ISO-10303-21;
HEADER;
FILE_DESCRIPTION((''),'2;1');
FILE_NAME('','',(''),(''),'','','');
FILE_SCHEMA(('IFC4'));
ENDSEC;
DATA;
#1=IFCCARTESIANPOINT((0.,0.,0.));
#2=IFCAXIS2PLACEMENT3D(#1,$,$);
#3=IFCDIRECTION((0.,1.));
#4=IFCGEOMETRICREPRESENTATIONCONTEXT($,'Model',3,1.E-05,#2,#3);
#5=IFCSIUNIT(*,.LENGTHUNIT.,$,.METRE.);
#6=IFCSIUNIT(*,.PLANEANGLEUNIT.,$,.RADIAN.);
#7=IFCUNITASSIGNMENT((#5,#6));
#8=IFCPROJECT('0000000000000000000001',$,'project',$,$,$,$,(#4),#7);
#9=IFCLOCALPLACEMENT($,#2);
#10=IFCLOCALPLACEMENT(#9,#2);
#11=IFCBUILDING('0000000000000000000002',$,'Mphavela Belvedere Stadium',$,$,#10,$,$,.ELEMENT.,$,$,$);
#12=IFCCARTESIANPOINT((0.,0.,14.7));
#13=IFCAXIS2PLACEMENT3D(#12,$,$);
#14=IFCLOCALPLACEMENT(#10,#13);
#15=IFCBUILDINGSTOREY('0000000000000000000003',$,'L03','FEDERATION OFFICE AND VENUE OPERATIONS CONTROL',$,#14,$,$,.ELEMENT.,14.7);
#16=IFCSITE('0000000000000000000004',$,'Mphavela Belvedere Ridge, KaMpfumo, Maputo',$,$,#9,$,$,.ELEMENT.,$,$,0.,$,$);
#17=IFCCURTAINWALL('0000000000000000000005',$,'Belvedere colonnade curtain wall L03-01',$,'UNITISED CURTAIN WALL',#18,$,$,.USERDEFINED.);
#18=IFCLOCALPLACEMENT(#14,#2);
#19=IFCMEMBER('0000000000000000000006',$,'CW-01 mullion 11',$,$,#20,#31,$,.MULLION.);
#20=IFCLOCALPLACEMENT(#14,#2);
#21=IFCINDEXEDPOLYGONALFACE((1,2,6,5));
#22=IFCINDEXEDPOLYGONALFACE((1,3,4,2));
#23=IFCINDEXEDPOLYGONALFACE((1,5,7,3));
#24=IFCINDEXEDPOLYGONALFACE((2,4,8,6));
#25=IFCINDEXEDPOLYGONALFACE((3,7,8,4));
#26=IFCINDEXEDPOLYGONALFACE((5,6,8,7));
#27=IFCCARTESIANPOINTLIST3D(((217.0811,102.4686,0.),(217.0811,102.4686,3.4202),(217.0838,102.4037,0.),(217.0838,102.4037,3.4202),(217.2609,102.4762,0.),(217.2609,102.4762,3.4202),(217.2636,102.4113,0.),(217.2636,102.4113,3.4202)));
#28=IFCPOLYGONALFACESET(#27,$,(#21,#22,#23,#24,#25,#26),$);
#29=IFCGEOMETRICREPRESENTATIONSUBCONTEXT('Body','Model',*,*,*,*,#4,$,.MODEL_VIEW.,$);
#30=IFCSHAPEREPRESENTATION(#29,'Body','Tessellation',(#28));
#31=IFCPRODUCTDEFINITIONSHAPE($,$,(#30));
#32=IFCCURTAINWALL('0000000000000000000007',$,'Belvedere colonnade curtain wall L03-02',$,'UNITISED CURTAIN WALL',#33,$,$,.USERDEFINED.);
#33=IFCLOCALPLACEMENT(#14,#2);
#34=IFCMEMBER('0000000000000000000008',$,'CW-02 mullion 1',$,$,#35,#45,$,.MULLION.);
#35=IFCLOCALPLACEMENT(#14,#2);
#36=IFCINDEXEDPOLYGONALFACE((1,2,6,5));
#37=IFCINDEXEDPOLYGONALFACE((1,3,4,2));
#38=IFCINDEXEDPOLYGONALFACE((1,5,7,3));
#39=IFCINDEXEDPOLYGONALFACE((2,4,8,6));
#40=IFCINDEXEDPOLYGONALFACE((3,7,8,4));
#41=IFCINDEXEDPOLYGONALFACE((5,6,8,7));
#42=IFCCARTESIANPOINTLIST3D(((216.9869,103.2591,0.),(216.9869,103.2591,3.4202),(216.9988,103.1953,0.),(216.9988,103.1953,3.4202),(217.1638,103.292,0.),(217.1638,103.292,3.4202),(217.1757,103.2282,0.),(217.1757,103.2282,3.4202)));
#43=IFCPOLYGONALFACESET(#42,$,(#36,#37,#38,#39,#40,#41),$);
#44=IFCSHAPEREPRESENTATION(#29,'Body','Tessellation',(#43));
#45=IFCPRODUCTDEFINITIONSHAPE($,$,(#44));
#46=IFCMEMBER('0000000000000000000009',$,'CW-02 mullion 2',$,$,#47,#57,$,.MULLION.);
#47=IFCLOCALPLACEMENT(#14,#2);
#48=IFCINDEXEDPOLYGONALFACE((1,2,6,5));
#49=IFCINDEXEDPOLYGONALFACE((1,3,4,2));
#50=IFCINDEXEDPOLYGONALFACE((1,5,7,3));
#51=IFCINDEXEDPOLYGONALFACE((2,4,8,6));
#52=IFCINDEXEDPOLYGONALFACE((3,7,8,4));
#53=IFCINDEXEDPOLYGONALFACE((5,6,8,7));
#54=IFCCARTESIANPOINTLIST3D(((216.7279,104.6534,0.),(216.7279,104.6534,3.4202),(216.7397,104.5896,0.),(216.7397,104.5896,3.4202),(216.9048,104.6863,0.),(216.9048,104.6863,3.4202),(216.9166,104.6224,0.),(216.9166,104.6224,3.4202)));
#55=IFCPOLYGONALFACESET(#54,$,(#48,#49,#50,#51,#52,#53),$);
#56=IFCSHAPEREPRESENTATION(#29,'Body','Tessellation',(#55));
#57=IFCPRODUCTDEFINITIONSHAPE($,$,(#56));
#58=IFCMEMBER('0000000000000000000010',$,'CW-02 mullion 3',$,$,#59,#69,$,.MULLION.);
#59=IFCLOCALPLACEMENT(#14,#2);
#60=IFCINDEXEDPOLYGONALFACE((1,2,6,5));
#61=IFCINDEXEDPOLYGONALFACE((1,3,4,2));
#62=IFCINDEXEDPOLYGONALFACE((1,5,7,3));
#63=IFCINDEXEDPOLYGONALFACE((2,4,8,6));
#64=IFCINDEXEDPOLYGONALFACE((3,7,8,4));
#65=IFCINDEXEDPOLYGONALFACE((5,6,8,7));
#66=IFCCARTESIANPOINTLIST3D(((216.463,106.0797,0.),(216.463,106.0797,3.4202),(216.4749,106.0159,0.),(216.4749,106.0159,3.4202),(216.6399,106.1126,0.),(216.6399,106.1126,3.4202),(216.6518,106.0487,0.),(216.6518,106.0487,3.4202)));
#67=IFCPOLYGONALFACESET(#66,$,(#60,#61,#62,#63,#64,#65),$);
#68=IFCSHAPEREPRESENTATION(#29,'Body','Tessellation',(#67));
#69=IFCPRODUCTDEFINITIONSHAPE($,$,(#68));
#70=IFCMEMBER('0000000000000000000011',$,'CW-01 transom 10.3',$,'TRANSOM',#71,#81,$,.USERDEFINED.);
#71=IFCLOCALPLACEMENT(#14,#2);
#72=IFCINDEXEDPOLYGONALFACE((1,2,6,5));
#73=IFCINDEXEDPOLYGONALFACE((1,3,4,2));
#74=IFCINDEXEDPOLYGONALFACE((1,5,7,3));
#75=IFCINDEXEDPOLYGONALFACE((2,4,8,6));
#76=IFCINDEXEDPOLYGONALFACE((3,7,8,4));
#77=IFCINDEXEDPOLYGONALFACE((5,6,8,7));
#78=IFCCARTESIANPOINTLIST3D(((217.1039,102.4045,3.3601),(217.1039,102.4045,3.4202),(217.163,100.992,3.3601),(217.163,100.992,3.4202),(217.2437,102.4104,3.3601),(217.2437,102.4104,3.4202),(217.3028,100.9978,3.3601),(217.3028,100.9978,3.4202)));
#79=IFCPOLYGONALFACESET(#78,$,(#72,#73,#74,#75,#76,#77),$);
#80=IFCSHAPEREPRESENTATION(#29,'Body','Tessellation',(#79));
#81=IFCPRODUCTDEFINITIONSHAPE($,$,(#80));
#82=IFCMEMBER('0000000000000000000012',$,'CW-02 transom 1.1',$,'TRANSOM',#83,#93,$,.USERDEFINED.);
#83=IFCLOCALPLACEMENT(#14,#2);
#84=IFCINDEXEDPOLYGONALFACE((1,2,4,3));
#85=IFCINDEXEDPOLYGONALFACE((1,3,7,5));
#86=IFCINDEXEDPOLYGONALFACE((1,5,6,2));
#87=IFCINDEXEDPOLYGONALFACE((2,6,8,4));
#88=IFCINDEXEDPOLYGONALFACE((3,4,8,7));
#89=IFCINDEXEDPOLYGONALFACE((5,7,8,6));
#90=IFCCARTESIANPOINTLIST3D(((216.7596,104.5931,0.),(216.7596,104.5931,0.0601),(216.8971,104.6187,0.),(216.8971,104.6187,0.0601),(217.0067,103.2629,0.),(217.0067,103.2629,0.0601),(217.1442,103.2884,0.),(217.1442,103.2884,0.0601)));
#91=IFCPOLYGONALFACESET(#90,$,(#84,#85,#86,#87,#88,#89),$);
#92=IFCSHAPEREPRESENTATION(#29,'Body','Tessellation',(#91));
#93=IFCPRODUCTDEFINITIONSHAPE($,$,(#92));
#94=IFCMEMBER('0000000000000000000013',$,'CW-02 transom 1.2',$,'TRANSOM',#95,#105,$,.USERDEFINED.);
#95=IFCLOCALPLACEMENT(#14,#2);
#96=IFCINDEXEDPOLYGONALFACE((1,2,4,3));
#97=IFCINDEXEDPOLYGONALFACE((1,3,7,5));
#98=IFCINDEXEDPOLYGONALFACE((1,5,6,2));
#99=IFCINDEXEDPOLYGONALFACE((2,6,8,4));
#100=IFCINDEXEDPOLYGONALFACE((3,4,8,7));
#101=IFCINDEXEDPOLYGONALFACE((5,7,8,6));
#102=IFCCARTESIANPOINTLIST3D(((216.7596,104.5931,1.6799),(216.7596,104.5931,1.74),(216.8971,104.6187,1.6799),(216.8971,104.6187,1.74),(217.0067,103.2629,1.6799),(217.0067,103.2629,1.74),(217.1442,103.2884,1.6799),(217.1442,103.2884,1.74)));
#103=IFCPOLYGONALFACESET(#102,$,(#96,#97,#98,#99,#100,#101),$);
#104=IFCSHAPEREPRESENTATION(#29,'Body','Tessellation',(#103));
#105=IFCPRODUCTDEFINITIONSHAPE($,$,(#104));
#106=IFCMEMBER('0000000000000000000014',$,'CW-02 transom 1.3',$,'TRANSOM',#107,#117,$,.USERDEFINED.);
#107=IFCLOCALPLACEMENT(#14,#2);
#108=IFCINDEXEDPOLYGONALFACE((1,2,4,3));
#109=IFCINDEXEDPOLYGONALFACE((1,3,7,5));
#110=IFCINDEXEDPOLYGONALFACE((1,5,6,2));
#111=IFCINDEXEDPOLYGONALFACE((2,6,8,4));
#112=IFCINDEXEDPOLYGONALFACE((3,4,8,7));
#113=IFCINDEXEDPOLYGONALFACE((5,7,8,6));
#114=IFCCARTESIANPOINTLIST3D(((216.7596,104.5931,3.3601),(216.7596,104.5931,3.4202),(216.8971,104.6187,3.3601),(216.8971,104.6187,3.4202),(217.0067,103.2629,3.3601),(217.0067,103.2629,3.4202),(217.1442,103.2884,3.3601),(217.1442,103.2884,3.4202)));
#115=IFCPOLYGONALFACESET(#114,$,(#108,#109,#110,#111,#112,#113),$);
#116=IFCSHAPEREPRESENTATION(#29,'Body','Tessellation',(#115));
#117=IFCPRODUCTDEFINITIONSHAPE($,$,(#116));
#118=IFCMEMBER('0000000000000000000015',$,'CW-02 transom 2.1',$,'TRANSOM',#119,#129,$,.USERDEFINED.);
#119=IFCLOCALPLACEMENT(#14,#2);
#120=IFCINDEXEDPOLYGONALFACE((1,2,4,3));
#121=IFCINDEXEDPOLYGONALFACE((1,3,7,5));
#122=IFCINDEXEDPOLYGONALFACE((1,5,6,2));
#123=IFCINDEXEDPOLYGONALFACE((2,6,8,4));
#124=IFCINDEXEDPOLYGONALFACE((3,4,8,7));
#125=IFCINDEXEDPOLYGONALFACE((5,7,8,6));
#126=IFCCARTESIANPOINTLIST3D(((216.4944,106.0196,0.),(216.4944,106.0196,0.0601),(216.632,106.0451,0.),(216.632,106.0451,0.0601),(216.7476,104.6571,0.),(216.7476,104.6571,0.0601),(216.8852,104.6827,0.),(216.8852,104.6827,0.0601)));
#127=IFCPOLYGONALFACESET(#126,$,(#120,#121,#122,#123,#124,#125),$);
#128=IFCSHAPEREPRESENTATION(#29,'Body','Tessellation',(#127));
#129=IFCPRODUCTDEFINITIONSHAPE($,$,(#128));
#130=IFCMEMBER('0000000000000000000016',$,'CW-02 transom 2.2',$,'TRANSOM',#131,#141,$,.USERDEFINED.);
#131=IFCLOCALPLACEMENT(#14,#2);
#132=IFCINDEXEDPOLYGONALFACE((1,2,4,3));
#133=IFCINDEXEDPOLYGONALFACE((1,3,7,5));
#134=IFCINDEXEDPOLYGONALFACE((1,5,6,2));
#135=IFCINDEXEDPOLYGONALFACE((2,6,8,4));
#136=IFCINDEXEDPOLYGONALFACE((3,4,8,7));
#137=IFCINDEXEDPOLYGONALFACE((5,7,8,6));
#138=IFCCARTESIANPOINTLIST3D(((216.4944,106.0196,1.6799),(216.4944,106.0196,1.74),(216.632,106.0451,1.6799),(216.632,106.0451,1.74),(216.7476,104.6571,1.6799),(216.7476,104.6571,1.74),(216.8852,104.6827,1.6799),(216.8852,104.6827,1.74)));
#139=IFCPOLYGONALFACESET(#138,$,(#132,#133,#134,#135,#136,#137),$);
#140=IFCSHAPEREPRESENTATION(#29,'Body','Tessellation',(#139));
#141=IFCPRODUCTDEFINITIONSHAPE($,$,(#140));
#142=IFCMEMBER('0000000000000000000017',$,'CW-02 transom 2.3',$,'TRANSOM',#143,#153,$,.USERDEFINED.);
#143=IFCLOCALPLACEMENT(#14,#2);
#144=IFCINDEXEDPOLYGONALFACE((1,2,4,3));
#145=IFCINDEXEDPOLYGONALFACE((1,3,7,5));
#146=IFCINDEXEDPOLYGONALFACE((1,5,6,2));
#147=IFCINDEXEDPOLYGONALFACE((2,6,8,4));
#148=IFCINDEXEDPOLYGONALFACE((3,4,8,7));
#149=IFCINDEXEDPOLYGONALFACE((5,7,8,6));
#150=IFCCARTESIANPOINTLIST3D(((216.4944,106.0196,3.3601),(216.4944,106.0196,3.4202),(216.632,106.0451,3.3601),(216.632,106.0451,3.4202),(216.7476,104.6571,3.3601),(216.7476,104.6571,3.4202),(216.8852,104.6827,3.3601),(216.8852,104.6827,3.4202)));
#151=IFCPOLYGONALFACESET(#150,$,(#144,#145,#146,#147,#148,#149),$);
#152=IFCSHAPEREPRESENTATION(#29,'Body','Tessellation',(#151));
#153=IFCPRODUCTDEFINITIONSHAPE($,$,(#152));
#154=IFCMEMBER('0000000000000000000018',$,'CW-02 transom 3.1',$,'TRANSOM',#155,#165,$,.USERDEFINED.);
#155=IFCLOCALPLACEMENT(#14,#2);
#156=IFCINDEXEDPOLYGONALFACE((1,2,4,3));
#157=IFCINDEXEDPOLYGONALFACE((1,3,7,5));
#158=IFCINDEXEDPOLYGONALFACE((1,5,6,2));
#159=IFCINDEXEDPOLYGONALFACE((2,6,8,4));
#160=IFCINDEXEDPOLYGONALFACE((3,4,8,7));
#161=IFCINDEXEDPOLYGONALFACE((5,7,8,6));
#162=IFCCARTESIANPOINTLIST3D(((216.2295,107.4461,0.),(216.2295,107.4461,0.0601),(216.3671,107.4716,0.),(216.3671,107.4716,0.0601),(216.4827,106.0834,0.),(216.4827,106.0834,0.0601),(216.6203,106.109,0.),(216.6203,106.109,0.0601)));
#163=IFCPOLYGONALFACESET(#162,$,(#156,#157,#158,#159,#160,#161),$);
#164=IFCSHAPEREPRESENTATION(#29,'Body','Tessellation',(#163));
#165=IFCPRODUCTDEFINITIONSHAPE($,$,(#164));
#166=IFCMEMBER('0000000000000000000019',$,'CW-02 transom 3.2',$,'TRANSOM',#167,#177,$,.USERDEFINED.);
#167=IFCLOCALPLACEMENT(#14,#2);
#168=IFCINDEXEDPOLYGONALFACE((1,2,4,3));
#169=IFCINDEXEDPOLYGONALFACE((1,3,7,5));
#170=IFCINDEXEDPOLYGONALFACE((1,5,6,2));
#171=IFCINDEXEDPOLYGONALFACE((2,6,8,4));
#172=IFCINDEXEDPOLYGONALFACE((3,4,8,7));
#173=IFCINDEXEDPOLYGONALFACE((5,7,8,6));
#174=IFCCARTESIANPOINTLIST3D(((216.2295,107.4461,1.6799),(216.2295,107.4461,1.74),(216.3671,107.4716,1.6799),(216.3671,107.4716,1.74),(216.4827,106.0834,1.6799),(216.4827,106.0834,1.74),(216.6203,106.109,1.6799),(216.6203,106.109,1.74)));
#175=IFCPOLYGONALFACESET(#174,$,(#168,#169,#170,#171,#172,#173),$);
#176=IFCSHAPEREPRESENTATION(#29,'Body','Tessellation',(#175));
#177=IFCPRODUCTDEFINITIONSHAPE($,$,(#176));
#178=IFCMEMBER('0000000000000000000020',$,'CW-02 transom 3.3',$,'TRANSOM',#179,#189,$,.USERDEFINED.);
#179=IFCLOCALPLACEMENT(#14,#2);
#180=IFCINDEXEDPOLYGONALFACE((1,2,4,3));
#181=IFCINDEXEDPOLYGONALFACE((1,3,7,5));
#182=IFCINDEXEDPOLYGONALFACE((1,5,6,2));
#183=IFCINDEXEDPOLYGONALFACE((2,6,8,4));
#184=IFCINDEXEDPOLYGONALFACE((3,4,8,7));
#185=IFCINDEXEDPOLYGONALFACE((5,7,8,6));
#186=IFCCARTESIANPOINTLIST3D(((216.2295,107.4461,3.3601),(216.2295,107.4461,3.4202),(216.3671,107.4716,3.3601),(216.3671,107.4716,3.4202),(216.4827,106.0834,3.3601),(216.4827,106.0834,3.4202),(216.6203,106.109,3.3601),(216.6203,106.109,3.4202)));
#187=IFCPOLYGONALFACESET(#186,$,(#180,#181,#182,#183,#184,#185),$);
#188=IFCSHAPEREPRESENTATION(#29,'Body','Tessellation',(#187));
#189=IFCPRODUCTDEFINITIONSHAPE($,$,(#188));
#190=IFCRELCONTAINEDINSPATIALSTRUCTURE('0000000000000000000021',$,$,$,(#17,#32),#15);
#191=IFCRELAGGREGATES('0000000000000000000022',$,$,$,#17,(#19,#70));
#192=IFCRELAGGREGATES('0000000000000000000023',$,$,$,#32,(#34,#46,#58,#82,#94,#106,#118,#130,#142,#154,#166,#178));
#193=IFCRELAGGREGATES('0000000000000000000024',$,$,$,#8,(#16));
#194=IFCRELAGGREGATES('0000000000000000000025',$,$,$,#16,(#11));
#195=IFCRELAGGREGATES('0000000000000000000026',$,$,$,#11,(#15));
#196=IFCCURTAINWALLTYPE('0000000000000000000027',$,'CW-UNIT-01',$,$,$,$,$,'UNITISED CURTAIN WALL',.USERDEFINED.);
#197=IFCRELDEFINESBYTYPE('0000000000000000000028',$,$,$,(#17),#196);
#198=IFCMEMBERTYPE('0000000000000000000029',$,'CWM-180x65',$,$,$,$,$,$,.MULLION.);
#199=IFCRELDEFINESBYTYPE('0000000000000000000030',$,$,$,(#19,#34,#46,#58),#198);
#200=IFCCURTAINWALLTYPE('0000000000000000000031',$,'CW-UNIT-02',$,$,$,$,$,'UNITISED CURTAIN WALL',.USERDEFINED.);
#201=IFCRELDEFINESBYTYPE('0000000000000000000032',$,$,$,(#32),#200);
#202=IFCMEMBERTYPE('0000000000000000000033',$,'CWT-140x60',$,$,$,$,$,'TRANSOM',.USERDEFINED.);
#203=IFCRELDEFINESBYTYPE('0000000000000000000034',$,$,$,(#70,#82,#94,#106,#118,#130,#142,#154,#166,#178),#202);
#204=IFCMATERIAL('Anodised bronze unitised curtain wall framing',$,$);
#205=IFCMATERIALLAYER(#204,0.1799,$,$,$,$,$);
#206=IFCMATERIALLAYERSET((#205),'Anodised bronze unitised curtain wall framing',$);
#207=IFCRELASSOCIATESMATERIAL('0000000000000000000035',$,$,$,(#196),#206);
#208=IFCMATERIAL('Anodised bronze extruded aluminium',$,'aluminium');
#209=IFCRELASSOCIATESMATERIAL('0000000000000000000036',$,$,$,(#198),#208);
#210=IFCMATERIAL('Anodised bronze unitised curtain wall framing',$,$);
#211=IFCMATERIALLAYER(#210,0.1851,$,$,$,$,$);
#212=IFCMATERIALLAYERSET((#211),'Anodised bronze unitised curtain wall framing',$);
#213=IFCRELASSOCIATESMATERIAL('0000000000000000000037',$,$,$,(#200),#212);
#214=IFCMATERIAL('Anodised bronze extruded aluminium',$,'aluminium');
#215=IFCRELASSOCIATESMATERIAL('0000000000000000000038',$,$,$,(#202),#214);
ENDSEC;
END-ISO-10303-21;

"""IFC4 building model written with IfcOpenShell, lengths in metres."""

from ifc_helpers import new_model, si_unit, direction, frame, origin, origin_2d, place, context, subcontext, project, spatial, rectangle, extrude, material, layer, layer_set, material_profile, profile_set, type_object, element, aggregate, save


model = new_model("IFC4")

# Units and contexts
model_context = context("Model", 3, precision=1e-05, world=origin(), true_north=direction((0.0, 1.0)))
body_context = subcontext(model_context, "Body", "Model", "MODEL_VIEW")
ifc_project = project(units=[si_unit("LENGTHUNIT", "METRE"), si_unit("PLANEANGLEUNIT", "RADIAN")], contexts=[model_context])

# Site, building, storey
site_placement = place(None, origin())
site = spatial("IfcSite", under=ifc_project, at=site_placement, Name="Mphavela Belvedere Ridge, KaMpfumo, Maputo", CompositionType="ELEMENT", RefElevation=0.0)
building_placement = place(site_placement, origin())
building = spatial("IfcBuilding", under=site, at=building_placement, Name="Mphavela Belvedere Stadium", CompositionType="ELEMENT")
storey_placement = place(building_placement, frame((0.0, 0.0, 14.7)))
storey = spatial("IfcBuildingStorey", under=building, at=storey_placement, Name="L03", Description="FEDERATION OFFICE AND VENUE OPERATIONS CONTROL", CompositionType="ELEMENT", Elevation=14.7)

# Curtain wall, member
ifc_material_1 = material(Name="Anodised bronze unitised curtain wall framing")
ifc_layer_1 = layer(ifc_material_1, 0.1799)
ifc_layer_set_1 = layer_set([ifc_layer_1], Name="Anodised bronze unitised curtain wall framing")
curtain_wall_type_1 = type_object("IfcCurtainWallType", Name="CW-UNIT-01", ElementType="UNITISED CURTAIN WALL", PredefinedType="USERDEFINED", material=ifc_layer_set_1)
curtain_wall_1_placement = place(storey_placement, origin())
curtain_wall_1 = element("IfcCurtainWall", 1, at=curtain_wall_1_placement, inside=storey, type_object=curtain_wall_type_1, Name="Belvedere colonnade curtain wall L03-01", ObjectType="UNITISED CURTAIN WALL", PredefinedType="USERDEFINED")
ifc_material_2 = material(Name="Anodised bronze extruded aluminium", Category="aluminium")
ifc_material_profile_1 = material_profile(ifc_material_2, rectangle(XDim=0.1799, YDim=0.0649, at=origin_2d()), Name="CW-MUL 180x65")
ifc_profile_set_1 = profile_set([ifc_material_profile_1], Name="Anodised bronze extruded aluminium")
member_type_1 = type_object("IfcMemberType", Name="CWM-180x65", PredefinedType="MULLION", material=ifc_profile_set_1)
member_1_placement = place(storey_placement, frame((217.1724, 102.4399, 0.0), z_axis=(0.0, 0.0, 1.0), x_axis=(-0.999121, -0.041911, 0.0)))
member_1 = element("IfcMember", 2, at=member_1_placement, type_object=member_type_1, Name="CW-01 mullion 11", PredefinedType="MULLION", context=body_context, shape_type="SweptSolid", body=[
    extrude(rectangle(XDim=0.1799, YDim=0.0649, at=origin_2d()), origin(), (0.0, 0.0, 1.0), 3.4202),
])

# Curtain wall, members
ifc_material_3 = material(Name="Anodised bronze unitised curtain wall framing")
ifc_layer_2 = layer(ifc_material_3, 0.1851)
ifc_layer_set_2 = layer_set([ifc_layer_2], Name="Anodised bronze unitised curtain wall framing")
curtain_wall_type_2 = type_object("IfcCurtainWallType", Name="CW-UNIT-02", ElementType="UNITISED CURTAIN WALL", PredefinedType="USERDEFINED", material=ifc_layer_set_2)
curtain_wall_2_placement = place(storey_placement, origin())
curtain_wall_2 = element("IfcCurtainWall", 3, at=curtain_wall_2_placement, inside=storey, type_object=curtain_wall_type_2, Name="Belvedere colonnade curtain wall L03-02", ObjectType="UNITISED CURTAIN WALL", PredefinedType="USERDEFINED")
member_2_placement = place(storey_placement, frame((217.0813, 103.2437, 0.0), z_axis=(0.0, 0.0, 1.0), x_axis=(-0.983181, -0.182631, 0.0)))
member_2 = element("IfcMember", 4, at=member_2_placement, type_object=member_type_1, Name="CW-02 mullion 1", PredefinedType="MULLION", context=body_context, shape_type="SweptSolid", body=[
    extrude(rectangle(XDim=0.1799, YDim=0.0649, at=origin_2d()), origin(), (0.0, 0.0, 1.0), 3.4202),
])
member_3_placement = place(storey_placement, frame((216.8223, 104.6379, 0.0), z_axis=(0.0, 0.0, 1.0), x_axis=(-0.983181, -0.182631, 0.0)))
member_3 = element("IfcMember", 5, at=member_3_placement, type_object=member_type_1, Name="CW-02 mullion 2", PredefinedType="MULLION", context=body_context, shape_type="SweptSolid", body=[
    extrude(rectangle(XDim=0.1799, YDim=0.0649, at=origin_2d()), origin(), (0.0, 0.0, 1.0), 3.4202),
])
member_4_placement = place(storey_placement, frame((216.5574, 106.0642, 0.0), z_axis=(0.0, 0.0, 1.0), x_axis=(-0.983181, -0.182631, 0.0)))
member_4 = element("IfcMember", 6, at=member_4_placement, type_object=member_type_1, Name="CW-02 mullion 3", PredefinedType="MULLION", context=body_context, shape_type="SweptSolid", body=[
    extrude(rectangle(XDim=0.1799, YDim=0.0649, at=origin_2d()), origin(), (0.0, 0.0, 1.0), 3.4202),
])

# Members
ifc_material_4 = material(Name="Anodised bronze extruded aluminium", Category="aluminium")
ifc_material_profile_2 = material_profile(ifc_material_4, rectangle(XDim=0.1399, YDim=0.0601, at=origin_2d()), Name="CW-TRN 140x60")
ifc_profile_set_2 = profile_set([ifc_material_profile_2], Name="Anodised bronze extruded aluminium")
member_type_2 = type_object("IfcMemberType", Name="CWT-140x60", ElementType="TRANSOM", PredefinedType="USERDEFINED", material=ifc_profile_set_2)
member_5_placement = place(storey_placement, frame((217.2329, 100.9949, 3.3901), z_axis=(-0.041789, 0.999126, 0.0), x_axis=(-0.999126, -0.041789, 0.0)))
member_5 = element("IfcMember", 7, at=member_5_placement, type_object=member_type_2, Name="CW-01 transom 10.3", ObjectType="TRANSOM", PredefinedType="USERDEFINED", context=body_context, shape_type="SweptSolid", body=[
    extrude(rectangle(XDim=0.1399, YDim=0.0601, at=origin_2d()), origin(), (0.0, 0.0, 1.0), 1.4138),
])
member_6_placement = place(storey_placement, frame((217.0754, 103.2756, 0.03), z_axis=(-0.1826, 0.983187, 0.0), x_axis=(-0.983187, -0.1826, 0.0)))
member_6 = element("IfcMember", 8, at=member_6_placement, type_object=member_type_2, Name="CW-02 transom 1.1", ObjectType="TRANSOM", PredefinedType="USERDEFINED", context=body_context, shape_type="SweptSolid", body=[
    extrude(rectangle(XDim=0.1399, YDim=0.0601, at=origin_2d()), origin(), (0.0, 0.0, 1.0), 1.353),
])
member_7_placement = place(storey_placement, frame((217.0754, 103.2756, 1.71), z_axis=(-0.1826, 0.983187, 0.0), x_axis=(-0.983187, -0.1826, 0.0)))
member_7 = element("IfcMember", 9, at=member_7_placement, type_object=member_type_2, Name="CW-02 transom 1.2", ObjectType="TRANSOM", PredefinedType="USERDEFINED", context=body_context, shape_type="SweptSolid", body=[
    extrude(rectangle(XDim=0.1399, YDim=0.0601, at=origin_2d()), origin(), (0.0, 0.0, 1.0), 1.353),
])
member_8_placement = place(storey_placement, frame((217.0754, 103.2756, 3.3901), z_axis=(-0.1826, 0.983187, 0.0), x_axis=(-0.983187, -0.1826, 0.0)))
member_8 = element("IfcMember", 10, at=member_8_placement, type_object=member_type_2, Name="CW-02 transom 1.3", ObjectType="TRANSOM", PredefinedType="USERDEFINED", context=body_context, shape_type="SweptSolid", body=[
    extrude(rectangle(XDim=0.1399, YDim=0.0601, at=origin_2d()), origin(), (0.0, 0.0, 1.0), 1.353),
])
member_9_placement = place(storey_placement, frame((216.8164, 104.6699, 0.03), z_axis=(-0.182714, 0.983166, 0.0), x_axis=(-0.983166, -0.182714, 0.0)))
member_9 = element("IfcMember", 11, at=member_9_placement, type_object=member_type_2, Name="CW-02 transom 2.1", ObjectType="TRANSOM", PredefinedType="USERDEFINED", context=body_context, shape_type="SweptSolid", body=[
    extrude(rectangle(XDim=0.1399, YDim=0.0601, at=origin_2d()), origin(), (0.0, 0.0, 1.0), 1.3857),
])
member_10_placement = place(storey_placement, frame((216.8164, 104.6699, 1.71), z_axis=(-0.182714, 0.983166, 0.0), x_axis=(-0.983166, -0.182714, 0.0)))
member_10 = element("IfcMember", 12, at=member_10_placement, type_object=member_type_2, Name="CW-02 transom 2.2", ObjectType="TRANSOM", PredefinedType="USERDEFINED", context=body_context, shape_type="SweptSolid", body=[
    extrude(rectangle(XDim=0.1399, YDim=0.0601, at=origin_2d()), origin(), (0.0, 0.0, 1.0), 1.3857),
])
member_11_placement = place(storey_placement, frame((216.8164, 104.6699, 3.3901), z_axis=(-0.182714, 0.983166, 0.0), x_axis=(-0.983166, -0.182714, 0.0)))
member_11 = element("IfcMember", 13, at=member_11_placement, type_object=member_type_2, Name="CW-02 transom 2.3", ObjectType="TRANSOM", PredefinedType="USERDEFINED", context=body_context, shape_type="SweptSolid", body=[
    extrude(rectangle(XDim=0.1399, YDim=0.0601, at=origin_2d()), origin(), (0.0, 0.0, 1.0), 1.3857),
])
member_12_placement = place(storey_placement, frame((216.5515, 106.0962, 0.03), z_axis=(-0.182682, 0.983172, 0.0), x_axis=(-0.983172, -0.182682, 0.0)))
member_12 = element("IfcMember", 14, at=member_12_placement, type_object=member_type_2, Name="CW-02 transom 3.1", ObjectType="TRANSOM", PredefinedType="USERDEFINED", context=body_context, shape_type="SweptSolid", body=[
    extrude(rectangle(XDim=0.1399, YDim=0.0601, at=origin_2d()), origin(), (0.0, 0.0, 1.0), 1.386),
])
member_13_placement = place(storey_placement, frame((216.5515, 106.0962, 1.71), z_axis=(-0.182682, 0.983172, 0.0), x_axis=(-0.983172, -0.182682, 0.0)))
member_13 = element("IfcMember", 15, at=member_13_placement, type_object=member_type_2, Name="CW-02 transom 3.2", ObjectType="TRANSOM", PredefinedType="USERDEFINED", context=body_context, shape_type="SweptSolid", body=[
    extrude(rectangle(XDim=0.1399, YDim=0.0601, at=origin_2d()), origin(), (0.0, 0.0, 1.0), 1.386),
])
member_14_placement = place(storey_placement, frame((216.5515, 106.0962, 3.3901), z_axis=(-0.182682, 0.983172, 0.0), x_axis=(-0.983172, -0.182682, 0.0)))
member_14 = element("IfcMember", 16, at=member_14_placement, type_object=member_type_2, Name="CW-02 transom 3.3", ObjectType="TRANSOM", PredefinedType="USERDEFINED", context=body_context, shape_type="SweptSolid", body=[
    extrude(rectangle(XDim=0.1399, YDim=0.0601, at=origin_2d()), origin(), (0.0, 0.0, 1.0), 1.386),
])

aggregate(curtain_wall_1, [member_1, member_5])
aggregate(curtain_wall_2, [member_2, member_3, member_4, member_6, member_7, member_8, member_9, member_10, member_11, member_12, member_13, member_14])

save(model, "model.ifc")
